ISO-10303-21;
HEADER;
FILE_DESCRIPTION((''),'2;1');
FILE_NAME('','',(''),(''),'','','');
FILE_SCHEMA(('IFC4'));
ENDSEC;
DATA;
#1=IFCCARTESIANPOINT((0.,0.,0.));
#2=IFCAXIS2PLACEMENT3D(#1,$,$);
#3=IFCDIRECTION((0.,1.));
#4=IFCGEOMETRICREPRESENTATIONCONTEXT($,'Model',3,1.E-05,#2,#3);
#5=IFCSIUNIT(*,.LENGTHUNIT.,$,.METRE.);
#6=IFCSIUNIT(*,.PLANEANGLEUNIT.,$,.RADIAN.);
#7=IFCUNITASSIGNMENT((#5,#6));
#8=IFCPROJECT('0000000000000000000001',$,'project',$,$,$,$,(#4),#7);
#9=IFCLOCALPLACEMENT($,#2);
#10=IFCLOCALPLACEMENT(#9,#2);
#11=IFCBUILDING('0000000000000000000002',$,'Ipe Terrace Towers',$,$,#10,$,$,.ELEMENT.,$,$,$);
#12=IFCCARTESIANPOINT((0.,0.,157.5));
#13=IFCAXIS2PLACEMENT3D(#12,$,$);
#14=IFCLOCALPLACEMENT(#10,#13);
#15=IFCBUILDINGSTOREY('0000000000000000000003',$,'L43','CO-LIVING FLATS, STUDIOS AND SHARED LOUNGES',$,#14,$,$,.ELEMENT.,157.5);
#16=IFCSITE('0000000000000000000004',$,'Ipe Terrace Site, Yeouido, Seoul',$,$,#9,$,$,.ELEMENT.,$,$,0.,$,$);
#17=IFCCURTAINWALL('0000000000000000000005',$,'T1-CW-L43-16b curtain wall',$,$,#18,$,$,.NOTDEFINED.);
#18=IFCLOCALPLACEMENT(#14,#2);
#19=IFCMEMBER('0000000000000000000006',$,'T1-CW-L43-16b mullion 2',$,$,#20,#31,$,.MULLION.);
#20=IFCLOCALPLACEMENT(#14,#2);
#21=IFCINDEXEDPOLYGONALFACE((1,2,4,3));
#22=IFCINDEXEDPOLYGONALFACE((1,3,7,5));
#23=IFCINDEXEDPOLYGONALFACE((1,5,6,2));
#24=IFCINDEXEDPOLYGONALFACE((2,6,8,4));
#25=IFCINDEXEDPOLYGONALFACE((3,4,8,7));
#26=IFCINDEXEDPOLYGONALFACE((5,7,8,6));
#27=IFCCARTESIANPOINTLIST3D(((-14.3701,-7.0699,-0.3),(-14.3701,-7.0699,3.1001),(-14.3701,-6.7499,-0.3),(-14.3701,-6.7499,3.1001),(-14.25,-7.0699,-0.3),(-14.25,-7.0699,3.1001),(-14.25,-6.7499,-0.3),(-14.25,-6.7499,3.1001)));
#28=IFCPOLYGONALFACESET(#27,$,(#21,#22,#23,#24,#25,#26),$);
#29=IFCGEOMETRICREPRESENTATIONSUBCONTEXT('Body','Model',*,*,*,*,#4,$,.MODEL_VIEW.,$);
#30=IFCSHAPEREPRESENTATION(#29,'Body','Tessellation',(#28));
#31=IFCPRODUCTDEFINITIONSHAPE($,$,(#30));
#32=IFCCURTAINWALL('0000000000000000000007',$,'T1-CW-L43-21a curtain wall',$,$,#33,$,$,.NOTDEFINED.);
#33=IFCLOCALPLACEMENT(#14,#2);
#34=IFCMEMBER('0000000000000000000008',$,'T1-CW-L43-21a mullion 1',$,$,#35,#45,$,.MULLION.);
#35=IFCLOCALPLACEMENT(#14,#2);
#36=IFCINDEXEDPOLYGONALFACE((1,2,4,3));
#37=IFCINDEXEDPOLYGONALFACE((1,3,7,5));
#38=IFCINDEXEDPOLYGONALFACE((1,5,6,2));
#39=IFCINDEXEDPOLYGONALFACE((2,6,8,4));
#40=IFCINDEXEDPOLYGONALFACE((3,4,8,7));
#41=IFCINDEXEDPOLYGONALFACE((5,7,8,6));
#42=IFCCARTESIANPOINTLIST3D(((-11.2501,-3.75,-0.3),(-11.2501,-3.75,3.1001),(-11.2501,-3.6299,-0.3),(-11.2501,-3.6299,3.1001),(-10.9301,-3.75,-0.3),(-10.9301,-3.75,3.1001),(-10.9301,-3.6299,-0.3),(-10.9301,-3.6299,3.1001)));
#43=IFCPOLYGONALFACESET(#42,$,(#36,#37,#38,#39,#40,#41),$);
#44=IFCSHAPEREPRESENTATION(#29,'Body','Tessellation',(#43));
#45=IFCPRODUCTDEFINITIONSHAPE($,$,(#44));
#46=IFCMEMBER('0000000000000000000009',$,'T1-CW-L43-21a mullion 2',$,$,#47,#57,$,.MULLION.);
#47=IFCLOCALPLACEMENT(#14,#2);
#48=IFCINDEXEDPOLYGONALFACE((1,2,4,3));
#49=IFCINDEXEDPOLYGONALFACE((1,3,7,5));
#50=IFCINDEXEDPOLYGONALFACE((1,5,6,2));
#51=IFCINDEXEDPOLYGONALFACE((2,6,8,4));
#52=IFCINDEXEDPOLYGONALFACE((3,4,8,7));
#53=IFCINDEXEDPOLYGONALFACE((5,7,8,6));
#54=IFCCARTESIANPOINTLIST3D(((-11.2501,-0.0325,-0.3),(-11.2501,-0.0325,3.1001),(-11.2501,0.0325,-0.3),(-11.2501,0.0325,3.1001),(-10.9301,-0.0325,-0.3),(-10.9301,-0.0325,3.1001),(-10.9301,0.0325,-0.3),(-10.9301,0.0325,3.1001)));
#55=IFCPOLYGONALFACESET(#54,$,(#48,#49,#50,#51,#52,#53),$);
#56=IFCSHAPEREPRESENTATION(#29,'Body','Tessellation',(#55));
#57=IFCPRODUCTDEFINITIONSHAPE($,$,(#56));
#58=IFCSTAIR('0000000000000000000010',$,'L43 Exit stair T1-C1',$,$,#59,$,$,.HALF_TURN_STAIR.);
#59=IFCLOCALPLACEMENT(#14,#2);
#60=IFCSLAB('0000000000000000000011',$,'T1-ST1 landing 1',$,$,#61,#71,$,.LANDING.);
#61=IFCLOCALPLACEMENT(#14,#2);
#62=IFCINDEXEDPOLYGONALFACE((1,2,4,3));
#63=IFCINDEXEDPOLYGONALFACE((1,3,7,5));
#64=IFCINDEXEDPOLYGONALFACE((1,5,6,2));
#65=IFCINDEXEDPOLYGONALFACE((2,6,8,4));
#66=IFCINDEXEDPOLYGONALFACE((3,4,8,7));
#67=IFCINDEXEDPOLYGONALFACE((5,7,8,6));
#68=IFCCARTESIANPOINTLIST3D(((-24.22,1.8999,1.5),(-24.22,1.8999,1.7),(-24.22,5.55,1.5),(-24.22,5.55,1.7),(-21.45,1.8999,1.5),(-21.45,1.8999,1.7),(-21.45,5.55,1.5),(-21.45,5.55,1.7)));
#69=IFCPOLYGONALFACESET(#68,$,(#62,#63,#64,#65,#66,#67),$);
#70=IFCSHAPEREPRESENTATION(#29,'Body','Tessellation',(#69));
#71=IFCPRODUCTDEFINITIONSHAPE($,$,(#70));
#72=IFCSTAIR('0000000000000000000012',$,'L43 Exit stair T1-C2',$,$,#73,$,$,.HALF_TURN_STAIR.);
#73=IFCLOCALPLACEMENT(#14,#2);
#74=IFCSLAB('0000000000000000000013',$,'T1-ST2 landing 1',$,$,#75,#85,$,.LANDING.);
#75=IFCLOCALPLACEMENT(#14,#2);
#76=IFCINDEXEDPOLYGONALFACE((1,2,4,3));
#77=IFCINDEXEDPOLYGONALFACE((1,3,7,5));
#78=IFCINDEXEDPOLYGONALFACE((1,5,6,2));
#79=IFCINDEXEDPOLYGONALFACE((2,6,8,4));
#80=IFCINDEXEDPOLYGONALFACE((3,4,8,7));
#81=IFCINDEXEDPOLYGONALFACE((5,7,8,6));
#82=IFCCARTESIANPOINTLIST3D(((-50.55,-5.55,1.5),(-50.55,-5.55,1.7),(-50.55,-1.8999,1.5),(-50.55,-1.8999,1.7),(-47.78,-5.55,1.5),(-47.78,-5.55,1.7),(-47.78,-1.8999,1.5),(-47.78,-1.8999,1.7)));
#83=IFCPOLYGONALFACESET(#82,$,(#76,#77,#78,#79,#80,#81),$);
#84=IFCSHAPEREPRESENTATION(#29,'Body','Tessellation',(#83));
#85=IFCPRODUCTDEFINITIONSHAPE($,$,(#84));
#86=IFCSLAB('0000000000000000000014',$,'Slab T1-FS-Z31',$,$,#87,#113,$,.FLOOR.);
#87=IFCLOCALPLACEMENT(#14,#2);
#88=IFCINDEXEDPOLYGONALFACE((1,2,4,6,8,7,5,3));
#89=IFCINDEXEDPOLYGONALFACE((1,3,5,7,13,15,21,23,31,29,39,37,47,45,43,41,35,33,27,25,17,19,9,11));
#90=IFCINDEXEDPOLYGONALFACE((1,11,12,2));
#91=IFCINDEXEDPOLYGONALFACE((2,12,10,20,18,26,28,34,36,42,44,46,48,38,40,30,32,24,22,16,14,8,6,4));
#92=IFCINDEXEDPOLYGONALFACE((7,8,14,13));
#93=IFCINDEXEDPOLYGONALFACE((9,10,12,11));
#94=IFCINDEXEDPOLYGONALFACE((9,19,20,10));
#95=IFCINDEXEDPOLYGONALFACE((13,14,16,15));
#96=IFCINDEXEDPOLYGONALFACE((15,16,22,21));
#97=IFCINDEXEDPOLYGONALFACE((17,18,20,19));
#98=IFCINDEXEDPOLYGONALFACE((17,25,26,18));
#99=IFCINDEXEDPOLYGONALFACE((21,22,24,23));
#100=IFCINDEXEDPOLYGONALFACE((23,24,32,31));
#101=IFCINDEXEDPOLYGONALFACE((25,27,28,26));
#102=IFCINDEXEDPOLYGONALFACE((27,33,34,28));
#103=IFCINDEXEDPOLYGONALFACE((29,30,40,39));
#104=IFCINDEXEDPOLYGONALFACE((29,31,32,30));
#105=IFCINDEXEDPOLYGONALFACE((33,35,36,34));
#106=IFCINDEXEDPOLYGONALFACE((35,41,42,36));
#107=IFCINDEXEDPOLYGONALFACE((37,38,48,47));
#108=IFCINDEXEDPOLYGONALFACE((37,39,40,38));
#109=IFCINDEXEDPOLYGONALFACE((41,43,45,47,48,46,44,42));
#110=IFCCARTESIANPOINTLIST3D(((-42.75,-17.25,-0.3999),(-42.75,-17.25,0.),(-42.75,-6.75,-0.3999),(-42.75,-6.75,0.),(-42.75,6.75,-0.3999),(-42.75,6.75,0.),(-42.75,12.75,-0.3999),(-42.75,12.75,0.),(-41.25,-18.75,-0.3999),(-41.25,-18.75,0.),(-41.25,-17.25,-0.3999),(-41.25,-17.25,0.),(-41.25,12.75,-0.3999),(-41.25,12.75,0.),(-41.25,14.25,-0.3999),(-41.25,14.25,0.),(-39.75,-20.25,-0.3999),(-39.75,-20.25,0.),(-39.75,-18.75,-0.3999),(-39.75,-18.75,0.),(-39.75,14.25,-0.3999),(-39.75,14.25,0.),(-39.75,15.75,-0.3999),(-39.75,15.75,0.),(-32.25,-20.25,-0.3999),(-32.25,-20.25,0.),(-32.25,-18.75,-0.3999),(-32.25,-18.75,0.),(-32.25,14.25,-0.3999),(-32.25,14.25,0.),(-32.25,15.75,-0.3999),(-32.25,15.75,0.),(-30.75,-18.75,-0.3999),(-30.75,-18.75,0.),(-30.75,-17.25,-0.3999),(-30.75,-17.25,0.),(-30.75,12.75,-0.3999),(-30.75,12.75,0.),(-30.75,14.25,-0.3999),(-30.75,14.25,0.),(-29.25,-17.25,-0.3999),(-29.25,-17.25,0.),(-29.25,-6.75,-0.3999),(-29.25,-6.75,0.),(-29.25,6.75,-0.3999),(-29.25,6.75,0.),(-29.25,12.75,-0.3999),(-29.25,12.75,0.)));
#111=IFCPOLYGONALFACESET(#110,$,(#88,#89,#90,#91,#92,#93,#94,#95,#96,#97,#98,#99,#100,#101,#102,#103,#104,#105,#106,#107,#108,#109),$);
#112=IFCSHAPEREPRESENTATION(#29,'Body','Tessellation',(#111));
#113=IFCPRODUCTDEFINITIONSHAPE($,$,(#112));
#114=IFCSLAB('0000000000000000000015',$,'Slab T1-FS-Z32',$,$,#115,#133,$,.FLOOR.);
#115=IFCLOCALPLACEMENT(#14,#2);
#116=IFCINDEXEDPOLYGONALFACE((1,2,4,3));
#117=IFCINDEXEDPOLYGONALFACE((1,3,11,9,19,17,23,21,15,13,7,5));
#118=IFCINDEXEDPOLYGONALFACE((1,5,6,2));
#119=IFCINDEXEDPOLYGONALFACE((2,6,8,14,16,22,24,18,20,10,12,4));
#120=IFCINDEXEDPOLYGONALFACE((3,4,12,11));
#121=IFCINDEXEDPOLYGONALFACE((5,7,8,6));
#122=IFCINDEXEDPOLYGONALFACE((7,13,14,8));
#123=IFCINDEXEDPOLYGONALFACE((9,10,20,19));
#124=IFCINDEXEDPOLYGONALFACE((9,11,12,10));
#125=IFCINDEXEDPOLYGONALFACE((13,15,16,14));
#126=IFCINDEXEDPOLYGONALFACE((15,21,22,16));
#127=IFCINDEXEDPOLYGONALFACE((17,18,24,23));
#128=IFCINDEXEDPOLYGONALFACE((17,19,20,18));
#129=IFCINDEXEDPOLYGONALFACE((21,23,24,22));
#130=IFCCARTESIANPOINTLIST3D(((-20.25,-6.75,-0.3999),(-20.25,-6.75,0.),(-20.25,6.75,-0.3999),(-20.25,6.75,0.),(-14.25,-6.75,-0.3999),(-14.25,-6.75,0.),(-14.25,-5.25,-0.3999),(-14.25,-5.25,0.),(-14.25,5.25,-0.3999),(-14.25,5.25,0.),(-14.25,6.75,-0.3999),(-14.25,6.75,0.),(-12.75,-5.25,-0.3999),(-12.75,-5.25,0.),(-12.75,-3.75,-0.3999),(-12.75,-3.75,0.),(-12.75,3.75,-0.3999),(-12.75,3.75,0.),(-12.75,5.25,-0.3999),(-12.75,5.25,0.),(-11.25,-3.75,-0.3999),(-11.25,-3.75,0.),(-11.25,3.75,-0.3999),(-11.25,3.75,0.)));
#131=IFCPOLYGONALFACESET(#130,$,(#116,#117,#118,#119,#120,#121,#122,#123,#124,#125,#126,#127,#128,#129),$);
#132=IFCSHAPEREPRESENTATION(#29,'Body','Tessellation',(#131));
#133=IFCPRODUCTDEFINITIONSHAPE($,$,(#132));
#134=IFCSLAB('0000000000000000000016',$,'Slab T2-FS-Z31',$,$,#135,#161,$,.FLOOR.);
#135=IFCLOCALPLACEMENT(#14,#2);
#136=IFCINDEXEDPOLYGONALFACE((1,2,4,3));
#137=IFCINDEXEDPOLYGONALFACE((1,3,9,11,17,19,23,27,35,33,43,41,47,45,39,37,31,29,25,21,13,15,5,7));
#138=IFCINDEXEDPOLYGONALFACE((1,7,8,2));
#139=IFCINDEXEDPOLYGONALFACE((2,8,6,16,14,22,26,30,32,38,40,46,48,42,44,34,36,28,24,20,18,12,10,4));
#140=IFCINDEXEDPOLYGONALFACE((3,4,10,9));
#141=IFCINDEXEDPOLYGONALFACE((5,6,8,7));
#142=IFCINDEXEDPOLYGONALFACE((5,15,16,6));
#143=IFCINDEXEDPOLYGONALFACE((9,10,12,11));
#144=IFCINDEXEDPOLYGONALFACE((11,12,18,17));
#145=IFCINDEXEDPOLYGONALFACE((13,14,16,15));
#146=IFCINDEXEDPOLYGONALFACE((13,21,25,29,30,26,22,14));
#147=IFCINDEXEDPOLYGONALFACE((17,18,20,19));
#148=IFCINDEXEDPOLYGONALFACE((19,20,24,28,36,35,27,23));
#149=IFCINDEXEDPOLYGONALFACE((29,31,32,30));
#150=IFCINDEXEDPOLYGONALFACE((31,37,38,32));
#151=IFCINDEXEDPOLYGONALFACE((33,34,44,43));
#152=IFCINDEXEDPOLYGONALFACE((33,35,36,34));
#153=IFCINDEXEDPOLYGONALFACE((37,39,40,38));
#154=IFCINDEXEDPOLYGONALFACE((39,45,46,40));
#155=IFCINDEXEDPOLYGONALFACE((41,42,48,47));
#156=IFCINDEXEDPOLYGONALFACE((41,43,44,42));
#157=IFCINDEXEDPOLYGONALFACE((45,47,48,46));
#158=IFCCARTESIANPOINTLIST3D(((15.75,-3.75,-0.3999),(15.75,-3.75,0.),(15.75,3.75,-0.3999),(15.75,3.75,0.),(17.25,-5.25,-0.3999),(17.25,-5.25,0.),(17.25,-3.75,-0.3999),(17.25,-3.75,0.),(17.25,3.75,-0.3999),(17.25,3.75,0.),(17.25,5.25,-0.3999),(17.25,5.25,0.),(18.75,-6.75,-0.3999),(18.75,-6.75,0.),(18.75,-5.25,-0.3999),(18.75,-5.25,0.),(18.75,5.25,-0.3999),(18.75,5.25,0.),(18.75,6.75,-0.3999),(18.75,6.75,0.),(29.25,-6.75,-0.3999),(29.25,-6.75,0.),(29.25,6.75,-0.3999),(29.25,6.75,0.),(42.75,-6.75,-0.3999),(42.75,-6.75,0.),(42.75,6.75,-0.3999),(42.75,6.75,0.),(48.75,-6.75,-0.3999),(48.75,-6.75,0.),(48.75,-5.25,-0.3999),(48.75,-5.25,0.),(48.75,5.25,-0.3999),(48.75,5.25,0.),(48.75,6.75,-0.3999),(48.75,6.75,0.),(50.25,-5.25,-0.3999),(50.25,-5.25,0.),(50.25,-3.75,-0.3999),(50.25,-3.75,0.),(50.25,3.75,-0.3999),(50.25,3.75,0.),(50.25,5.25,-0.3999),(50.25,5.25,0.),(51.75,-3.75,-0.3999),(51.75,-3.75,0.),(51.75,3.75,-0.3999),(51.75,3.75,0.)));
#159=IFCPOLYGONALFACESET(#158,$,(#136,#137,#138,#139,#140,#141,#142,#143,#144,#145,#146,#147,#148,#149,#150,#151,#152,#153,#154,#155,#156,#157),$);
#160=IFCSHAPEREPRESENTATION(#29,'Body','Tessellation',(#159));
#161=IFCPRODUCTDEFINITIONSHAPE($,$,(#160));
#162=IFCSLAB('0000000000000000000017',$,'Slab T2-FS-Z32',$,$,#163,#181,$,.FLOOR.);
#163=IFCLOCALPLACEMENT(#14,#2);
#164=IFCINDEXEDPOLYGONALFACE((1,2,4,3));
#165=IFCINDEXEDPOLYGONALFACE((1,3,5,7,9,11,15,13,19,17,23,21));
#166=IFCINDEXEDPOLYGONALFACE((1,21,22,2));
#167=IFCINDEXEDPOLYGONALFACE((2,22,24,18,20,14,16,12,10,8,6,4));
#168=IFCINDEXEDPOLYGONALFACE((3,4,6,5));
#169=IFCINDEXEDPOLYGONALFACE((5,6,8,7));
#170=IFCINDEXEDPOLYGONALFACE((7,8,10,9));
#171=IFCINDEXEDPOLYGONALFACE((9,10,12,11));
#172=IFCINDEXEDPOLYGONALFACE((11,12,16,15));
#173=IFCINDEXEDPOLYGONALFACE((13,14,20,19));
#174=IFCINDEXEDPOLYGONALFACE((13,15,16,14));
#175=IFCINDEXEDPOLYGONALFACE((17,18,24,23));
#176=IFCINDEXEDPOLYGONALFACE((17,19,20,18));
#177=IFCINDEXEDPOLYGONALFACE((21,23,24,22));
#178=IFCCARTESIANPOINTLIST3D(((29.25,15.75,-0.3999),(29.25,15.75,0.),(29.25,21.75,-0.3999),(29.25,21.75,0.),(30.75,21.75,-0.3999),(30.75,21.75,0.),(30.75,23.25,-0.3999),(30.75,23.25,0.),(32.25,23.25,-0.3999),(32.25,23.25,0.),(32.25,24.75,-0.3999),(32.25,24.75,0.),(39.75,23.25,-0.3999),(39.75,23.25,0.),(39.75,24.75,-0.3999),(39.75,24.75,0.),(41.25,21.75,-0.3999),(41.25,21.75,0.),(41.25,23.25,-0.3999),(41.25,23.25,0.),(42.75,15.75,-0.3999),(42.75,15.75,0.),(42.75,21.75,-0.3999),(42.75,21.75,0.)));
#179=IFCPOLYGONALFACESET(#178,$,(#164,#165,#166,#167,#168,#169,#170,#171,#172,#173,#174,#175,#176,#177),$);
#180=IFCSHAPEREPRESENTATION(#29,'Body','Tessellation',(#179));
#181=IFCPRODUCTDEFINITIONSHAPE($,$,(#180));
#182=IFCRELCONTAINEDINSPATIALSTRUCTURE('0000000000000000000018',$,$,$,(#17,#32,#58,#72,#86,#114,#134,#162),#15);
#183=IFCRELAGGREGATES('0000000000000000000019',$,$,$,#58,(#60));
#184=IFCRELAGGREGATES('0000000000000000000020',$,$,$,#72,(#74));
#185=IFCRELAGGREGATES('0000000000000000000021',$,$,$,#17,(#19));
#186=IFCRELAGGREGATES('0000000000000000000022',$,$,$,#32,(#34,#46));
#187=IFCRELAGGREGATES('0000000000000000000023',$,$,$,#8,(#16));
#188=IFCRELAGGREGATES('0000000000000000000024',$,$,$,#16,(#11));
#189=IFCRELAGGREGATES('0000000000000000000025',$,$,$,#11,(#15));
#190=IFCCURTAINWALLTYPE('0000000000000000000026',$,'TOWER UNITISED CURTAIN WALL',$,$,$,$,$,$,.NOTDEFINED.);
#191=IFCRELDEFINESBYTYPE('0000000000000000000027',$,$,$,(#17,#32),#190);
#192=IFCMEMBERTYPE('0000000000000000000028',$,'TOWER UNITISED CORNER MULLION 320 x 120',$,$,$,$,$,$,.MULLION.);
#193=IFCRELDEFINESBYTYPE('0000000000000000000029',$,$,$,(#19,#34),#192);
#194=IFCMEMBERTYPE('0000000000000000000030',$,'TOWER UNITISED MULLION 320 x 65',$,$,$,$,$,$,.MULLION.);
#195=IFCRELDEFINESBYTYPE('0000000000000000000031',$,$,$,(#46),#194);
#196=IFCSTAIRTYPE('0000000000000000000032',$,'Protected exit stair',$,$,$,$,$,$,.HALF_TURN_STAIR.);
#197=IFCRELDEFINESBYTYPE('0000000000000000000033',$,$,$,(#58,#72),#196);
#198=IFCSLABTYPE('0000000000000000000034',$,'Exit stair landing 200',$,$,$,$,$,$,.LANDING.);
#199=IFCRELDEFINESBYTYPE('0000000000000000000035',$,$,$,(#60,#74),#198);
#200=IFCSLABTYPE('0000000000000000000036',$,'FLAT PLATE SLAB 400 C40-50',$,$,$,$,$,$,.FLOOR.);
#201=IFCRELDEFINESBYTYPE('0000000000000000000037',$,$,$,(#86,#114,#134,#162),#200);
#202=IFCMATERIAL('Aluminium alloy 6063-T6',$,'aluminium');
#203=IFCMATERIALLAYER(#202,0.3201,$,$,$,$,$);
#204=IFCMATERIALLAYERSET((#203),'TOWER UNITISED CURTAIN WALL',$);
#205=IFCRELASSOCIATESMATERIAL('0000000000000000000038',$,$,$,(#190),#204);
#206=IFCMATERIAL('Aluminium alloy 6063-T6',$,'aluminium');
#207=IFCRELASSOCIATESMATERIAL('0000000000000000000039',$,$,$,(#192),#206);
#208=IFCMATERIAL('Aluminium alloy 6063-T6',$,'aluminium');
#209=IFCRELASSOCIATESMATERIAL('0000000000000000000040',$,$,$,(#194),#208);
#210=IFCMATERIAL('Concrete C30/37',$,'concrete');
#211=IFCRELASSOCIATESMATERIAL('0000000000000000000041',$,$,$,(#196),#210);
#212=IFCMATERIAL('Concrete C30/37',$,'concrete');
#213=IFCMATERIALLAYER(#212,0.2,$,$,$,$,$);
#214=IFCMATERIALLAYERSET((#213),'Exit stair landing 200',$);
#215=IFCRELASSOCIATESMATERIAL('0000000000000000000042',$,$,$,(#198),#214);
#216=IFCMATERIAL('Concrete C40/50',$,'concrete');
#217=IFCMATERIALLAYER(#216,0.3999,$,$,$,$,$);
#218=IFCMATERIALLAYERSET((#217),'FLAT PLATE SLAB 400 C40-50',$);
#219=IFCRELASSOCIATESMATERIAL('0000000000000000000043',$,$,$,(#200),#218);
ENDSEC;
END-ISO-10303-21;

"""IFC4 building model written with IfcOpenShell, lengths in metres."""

from ifc_helpers import new_model, si_unit, direction, frame, origin, origin_2d, place, context, subcontext, project, spatial, polyline, rectangle, outline, extrude, material, layer, layer_set, material_profile, profile_set, type_object, element, aggregate, save


model = new_model("IFC4")

# Units and contexts
model_context = context("Model", 3, precision=1e-05, world=origin(), true_north=direction((0.0, 1.0)))
body_context = subcontext(model_context, "Body", "Model", "MODEL_VIEW")
ifc_project = project(units=[si_unit("LENGTHUNIT", "METRE"), si_unit("PLANEANGLEUNIT", "RADIAN")], contexts=[model_context])

# Site, building, storey
site_placement = place(None, origin())
site = spatial("IfcSite", under=ifc_project, at=site_placement, Name="Ipe Terrace Site, Yeouido, Seoul", CompositionType="ELEMENT", RefElevation=0.0)
building_placement = place(site_placement, origin())
building = spatial("IfcBuilding", under=site, at=building_placement, Name="Ipe Terrace Towers", CompositionType="ELEMENT")
storey_placement = place(building_placement, frame((0.0, 0.0, 157.5)))
storey = spatial("IfcBuildingStorey", under=building, at=storey_placement, Name="L43", Description="CO-LIVING FLATS, STUDIOS AND SHARED LOUNGES", CompositionType="ELEMENT", Elevation=157.5)

# Curtain walls, members
ifc_material_1 = material(Name="Aluminium alloy 6063-T6", Category="aluminium")
ifc_layer_1 = layer(ifc_material_1, 0.3201)
ifc_layer_set_1 = layer_set([ifc_layer_1], Name="TOWER UNITISED CURTAIN WALL")
curtain_wall_type = type_object("IfcCurtainWallType", Name="TOWER UNITISED CURTAIN WALL", PredefinedType="NOTDEFINED", material=ifc_layer_set_1)
curtain_wall_1_placement = place(storey_placement, origin())
curtain_wall_1 = element("IfcCurtainWall", 1, at=curtain_wall_1_placement, inside=storey, type_object=curtain_wall_type, Name="T1-CW-L43-16b curtain wall", PredefinedType="NOTDEFINED")
ifc_material_2 = material(Name="Aluminium alloy 6063-T6", Category="aluminium")
ifc_material_profile_1 = material_profile(ifc_material_2, rectangle(XDim=0.3201, YDim=0.1201, at=origin_2d()), Name="TOWER UNITISED CORNER MULLION 320 x 120")
ifc_profile_set_1 = profile_set([ifc_material_profile_1], Name="Aluminium alloy 6063-T6")
member_type_1 = type_object("IfcMemberType", Name="TOWER UNITISED CORNER MULLION 320 x 120", PredefinedType="MULLION", material=ifc_profile_set_1)
member_1_placement = place(storey_placement, frame((-14.3101, -6.9099, -0.3), z_axis=(0.0, 0.0, 1.0), x_axis=(0.0, -1.0, 0.0)))
member_1 = element("IfcMember", 2, at=member_1_placement, type_object=member_type_1, Name="T1-CW-L43-16b mullion 2", PredefinedType="MULLION", context=body_context, shape_type="SweptSolid", body=[
    extrude(rectangle(XDim=0.3201, YDim=0.1201, at=origin_2d()), origin(), (0.0, 0.0, 1.0), 3.4001),
])
curtain_wall_2_placement = place(storey_placement, origin())
curtain_wall_2 = element("IfcCurtainWall", 3, at=curtain_wall_2_placement, inside=storey, type_object=curtain_wall_type, Name="T1-CW-L43-21a curtain wall", PredefinedType="NOTDEFINED")
member_2_placement = place(storey_placement, frame((-11.0901, -3.6899, -0.3), z_axis=(0.0, 0.0, 1.0), x_axis=(1.0, 0.0, 0.0)))
member_2 = element("IfcMember", 4, at=member_2_placement, type_object=member_type_1, Name="T1-CW-L43-21a mullion 1", PredefinedType="MULLION", context=body_context, shape_type="SweptSolid", body=[
    extrude(rectangle(XDim=0.3201, YDim=0.1201, at=origin_2d()), origin(), (0.0, 0.0, 1.0), 3.4001),
])
ifc_material_3 = material(Name="Aluminium alloy 6063-T6", Category="aluminium")
ifc_material_profile_2 = material_profile(ifc_material_3, rectangle(XDim=0.3201, YDim=0.0649, at=origin_2d()), Name="TOWER UNITISED MULLION 320 x 65")
ifc_profile_set_2 = profile_set([ifc_material_profile_2], Name="Aluminium alloy 6063-T6")
member_type_2 = type_object("IfcMemberType", Name="TOWER UNITISED MULLION 320 x 65", PredefinedType="MULLION", material=ifc_profile_set_2)
member_3_placement = place(storey_placement, frame((-11.0901, 0.0, -0.3), z_axis=(0.0, 0.0, 1.0), x_axis=(1.0, 0.0, 0.0)))
member_3 = element("IfcMember", 5, at=member_3_placement, type_object=member_type_2, Name="T1-CW-L43-21a mullion 2", PredefinedType="MULLION", context=body_context, shape_type="SweptSolid", body=[
    extrude(rectangle(XDim=0.3201, YDim=0.0649, at=origin_2d()), origin(), (0.0, 0.0, 1.0), 3.4001),
])

# Stairs, slabs
ifc_material_4 = material(Name="Concrete C30/37", Category="concrete")
stair_type = type_object("IfcStairType", Name="Protected exit stair", PredefinedType="HALF_TURN_STAIR", material=ifc_material_4)
stair_1_placement = place(storey_placement, origin())
stair_1 = element("IfcStair", 6, at=stair_1_placement, inside=storey, type_object=stair_type, Name="L43 Exit stair T1-C1", PredefinedType="HALF_TURN_STAIR")
ifc_material_5 = material(Name="Concrete C30/37", Category="concrete")
ifc_layer_2 = layer(ifc_material_5, 0.2)
ifc_layer_set_2 = layer_set([ifc_layer_2], Name="Exit stair landing 200")
slab_type_1 = type_object("IfcSlabType", Name="Exit stair landing 200", PredefinedType="LANDING", material=ifc_layer_set_2)
slab_1_placement = place(storey_placement, frame((0.0, 0.0, 1.5)))
slab_1 = element("IfcSlab", 7, at=slab_1_placement, type_object=slab_type_1, Name="T1-ST1 landing 1", PredefinedType="LANDING", context=body_context, shape_type="SweptSolid", body=[
    extrude(outline(polyline([(-24.22, 1.8999), (-21.45, 1.8999), (-21.45, 5.55), (-24.22, 5.55), (-24.22, 1.8999)])), origin(), (0.0, 0.0, 1.0), 0.2),
])
aggregate(stair_1, [slab_1])
stair_2_placement = place(storey_placement, origin())
stair_2 = element("IfcStair", 8, at=stair_2_placement, inside=storey, type_object=stair_type, Name="L43 Exit stair T1-C2", PredefinedType="HALF_TURN_STAIR")
slab_2_placement = place(storey_placement, frame((0.0, 0.0, 1.5)))
slab_2 = element("IfcSlab", 9, at=slab_2_placement, type_object=slab_type_1, Name="T1-ST2 landing 1", PredefinedType="LANDING", context=body_context, shape_type="SweptSolid", body=[
    extrude(outline(polyline([(-47.78, -1.8999), (-50.55, -1.8999), (-50.55, -5.55), (-47.78, -5.55), (-47.78, -1.8999)])), origin(), (0.0, 0.0, 1.0), 0.2),
])
aggregate(stair_2, [slab_2])

# Slabs
ifc_material_6 = material(Name="Concrete C40/50", Category="concrete")
ifc_layer_3 = layer(ifc_material_6, 0.3999)
ifc_layer_set_3 = layer_set([ifc_layer_3], Name="FLAT PLATE SLAB 400 C40-50")
slab_type_2 = type_object("IfcSlabType", Name="FLAT PLATE SLAB 400 C40-50", PredefinedType="FLOOR", material=ifc_layer_set_3)
slab_3_placement = place(storey_placement, frame((0.0, 0.0, -0.3999)))
element("IfcSlab", 10, at=slab_3_placement, inside=storey, type_object=slab_type_2, Name="Slab T1-FS-Z31", PredefinedType="FLOOR", context=body_context, shape_type="SweptSolid", body=[
    extrude(outline(polyline([(-30.75, -17.25), (-30.75, -18.75), (-32.25, -18.75), (-32.25, -20.25), (-39.75, -20.25), (-39.75, -18.75), (-41.25, -18.75), (-41.25, -17.25), (-42.75, -17.25), (-42.75, -6.75), (-42.75, 6.75), (-42.75, 12.75), (-41.25, 12.75), (-41.25, 14.25), (-39.75, 14.25), (-39.75, 15.75), (-32.25, 15.75), (-32.25, 14.25), (-30.75, 14.25), (-30.75, 12.75), (-29.25, 12.75), (-29.25, 6.75), (-29.25, -6.75), (-29.25, -17.25), (-30.75, -17.25)])), origin(), (0.0, 0.0, 1.0), 0.3999),
])
slab_4_placement = place(storey_placement, frame((0.0, 0.0, -0.3999)))
element("IfcSlab", 11, at=slab_4_placement, inside=storey, type_object=slab_type_2, Name="Slab T1-FS-Z32", PredefinedType="FLOOR", context=body_context, shape_type="SweptSolid", body=[
    extrude(outline(polyline([(-14.25, 5.25), (-12.75, 5.25), (-12.75, 3.75), (-11.25, 3.75), (-11.25, -3.75), (-12.75, -3.75), (-12.75, -5.25), (-14.25, -5.25), (-14.25, -6.75), (-20.25, -6.75), (-20.25, 6.75), (-14.25, 6.75), (-14.25, 5.25)])), origin(), (0.0, 0.0, 1.0), 0.3999),
])
slab_5_placement = place(storey_placement, frame((0.0, 0.0, -0.3999)))
element("IfcSlab", 12, at=slab_5_placement, inside=storey, type_object=slab_type_2, Name="Slab T2-FS-Z31", PredefinedType="FLOOR", context=body_context, shape_type="SweptSolid", body=[
    extrude(outline(polyline([(48.75, 5.25), (50.25, 5.25), (50.25, 3.75), (51.75, 3.75), (51.75, -3.75), (50.25, -3.75), (50.25, -5.25), (48.75, -5.25), (48.75, -6.75), (42.75, -6.75), (29.25, -6.75), (18.75, -6.75), (18.75, -5.25), (17.25, -5.25), (17.25, -3.75), (15.75, -3.75), (15.75, 3.75), (17.25, 3.75), (17.25, 5.25), (18.75, 5.25), (18.75, 6.75), (29.25, 6.75), (42.75, 6.75), (48.75, 6.75), (48.75, 5.25)])), origin(), (0.0, 0.0, 1.0), 0.3999),
])
slab_6_placement = place(storey_placement, frame((0.0, 0.0, -0.3999)))
element("IfcSlab", 13, at=slab_6_placement, inside=storey, type_object=slab_type_2, Name="Slab T2-FS-Z32", PredefinedType="FLOOR", context=body_context, shape_type="SweptSolid", body=[
    extrude(outline(polyline([(30.75, 21.75), (30.75, 23.25), (32.25, 23.25), (32.25, 24.75), (39.75, 24.75), (39.75, 23.25), (41.25, 23.25), (41.25, 21.75), (42.75, 21.75), (42.75, 15.75), (29.25, 15.75), (29.25, 21.75), (30.75, 21.75)])), origin(), (0.0, 0.0, 1.0), 0.3999),
])

aggregate(curtain_wall_1, [member_1])
aggregate(curtain_wall_2, [member_2, member_3])

save(model, "model.ifc")
